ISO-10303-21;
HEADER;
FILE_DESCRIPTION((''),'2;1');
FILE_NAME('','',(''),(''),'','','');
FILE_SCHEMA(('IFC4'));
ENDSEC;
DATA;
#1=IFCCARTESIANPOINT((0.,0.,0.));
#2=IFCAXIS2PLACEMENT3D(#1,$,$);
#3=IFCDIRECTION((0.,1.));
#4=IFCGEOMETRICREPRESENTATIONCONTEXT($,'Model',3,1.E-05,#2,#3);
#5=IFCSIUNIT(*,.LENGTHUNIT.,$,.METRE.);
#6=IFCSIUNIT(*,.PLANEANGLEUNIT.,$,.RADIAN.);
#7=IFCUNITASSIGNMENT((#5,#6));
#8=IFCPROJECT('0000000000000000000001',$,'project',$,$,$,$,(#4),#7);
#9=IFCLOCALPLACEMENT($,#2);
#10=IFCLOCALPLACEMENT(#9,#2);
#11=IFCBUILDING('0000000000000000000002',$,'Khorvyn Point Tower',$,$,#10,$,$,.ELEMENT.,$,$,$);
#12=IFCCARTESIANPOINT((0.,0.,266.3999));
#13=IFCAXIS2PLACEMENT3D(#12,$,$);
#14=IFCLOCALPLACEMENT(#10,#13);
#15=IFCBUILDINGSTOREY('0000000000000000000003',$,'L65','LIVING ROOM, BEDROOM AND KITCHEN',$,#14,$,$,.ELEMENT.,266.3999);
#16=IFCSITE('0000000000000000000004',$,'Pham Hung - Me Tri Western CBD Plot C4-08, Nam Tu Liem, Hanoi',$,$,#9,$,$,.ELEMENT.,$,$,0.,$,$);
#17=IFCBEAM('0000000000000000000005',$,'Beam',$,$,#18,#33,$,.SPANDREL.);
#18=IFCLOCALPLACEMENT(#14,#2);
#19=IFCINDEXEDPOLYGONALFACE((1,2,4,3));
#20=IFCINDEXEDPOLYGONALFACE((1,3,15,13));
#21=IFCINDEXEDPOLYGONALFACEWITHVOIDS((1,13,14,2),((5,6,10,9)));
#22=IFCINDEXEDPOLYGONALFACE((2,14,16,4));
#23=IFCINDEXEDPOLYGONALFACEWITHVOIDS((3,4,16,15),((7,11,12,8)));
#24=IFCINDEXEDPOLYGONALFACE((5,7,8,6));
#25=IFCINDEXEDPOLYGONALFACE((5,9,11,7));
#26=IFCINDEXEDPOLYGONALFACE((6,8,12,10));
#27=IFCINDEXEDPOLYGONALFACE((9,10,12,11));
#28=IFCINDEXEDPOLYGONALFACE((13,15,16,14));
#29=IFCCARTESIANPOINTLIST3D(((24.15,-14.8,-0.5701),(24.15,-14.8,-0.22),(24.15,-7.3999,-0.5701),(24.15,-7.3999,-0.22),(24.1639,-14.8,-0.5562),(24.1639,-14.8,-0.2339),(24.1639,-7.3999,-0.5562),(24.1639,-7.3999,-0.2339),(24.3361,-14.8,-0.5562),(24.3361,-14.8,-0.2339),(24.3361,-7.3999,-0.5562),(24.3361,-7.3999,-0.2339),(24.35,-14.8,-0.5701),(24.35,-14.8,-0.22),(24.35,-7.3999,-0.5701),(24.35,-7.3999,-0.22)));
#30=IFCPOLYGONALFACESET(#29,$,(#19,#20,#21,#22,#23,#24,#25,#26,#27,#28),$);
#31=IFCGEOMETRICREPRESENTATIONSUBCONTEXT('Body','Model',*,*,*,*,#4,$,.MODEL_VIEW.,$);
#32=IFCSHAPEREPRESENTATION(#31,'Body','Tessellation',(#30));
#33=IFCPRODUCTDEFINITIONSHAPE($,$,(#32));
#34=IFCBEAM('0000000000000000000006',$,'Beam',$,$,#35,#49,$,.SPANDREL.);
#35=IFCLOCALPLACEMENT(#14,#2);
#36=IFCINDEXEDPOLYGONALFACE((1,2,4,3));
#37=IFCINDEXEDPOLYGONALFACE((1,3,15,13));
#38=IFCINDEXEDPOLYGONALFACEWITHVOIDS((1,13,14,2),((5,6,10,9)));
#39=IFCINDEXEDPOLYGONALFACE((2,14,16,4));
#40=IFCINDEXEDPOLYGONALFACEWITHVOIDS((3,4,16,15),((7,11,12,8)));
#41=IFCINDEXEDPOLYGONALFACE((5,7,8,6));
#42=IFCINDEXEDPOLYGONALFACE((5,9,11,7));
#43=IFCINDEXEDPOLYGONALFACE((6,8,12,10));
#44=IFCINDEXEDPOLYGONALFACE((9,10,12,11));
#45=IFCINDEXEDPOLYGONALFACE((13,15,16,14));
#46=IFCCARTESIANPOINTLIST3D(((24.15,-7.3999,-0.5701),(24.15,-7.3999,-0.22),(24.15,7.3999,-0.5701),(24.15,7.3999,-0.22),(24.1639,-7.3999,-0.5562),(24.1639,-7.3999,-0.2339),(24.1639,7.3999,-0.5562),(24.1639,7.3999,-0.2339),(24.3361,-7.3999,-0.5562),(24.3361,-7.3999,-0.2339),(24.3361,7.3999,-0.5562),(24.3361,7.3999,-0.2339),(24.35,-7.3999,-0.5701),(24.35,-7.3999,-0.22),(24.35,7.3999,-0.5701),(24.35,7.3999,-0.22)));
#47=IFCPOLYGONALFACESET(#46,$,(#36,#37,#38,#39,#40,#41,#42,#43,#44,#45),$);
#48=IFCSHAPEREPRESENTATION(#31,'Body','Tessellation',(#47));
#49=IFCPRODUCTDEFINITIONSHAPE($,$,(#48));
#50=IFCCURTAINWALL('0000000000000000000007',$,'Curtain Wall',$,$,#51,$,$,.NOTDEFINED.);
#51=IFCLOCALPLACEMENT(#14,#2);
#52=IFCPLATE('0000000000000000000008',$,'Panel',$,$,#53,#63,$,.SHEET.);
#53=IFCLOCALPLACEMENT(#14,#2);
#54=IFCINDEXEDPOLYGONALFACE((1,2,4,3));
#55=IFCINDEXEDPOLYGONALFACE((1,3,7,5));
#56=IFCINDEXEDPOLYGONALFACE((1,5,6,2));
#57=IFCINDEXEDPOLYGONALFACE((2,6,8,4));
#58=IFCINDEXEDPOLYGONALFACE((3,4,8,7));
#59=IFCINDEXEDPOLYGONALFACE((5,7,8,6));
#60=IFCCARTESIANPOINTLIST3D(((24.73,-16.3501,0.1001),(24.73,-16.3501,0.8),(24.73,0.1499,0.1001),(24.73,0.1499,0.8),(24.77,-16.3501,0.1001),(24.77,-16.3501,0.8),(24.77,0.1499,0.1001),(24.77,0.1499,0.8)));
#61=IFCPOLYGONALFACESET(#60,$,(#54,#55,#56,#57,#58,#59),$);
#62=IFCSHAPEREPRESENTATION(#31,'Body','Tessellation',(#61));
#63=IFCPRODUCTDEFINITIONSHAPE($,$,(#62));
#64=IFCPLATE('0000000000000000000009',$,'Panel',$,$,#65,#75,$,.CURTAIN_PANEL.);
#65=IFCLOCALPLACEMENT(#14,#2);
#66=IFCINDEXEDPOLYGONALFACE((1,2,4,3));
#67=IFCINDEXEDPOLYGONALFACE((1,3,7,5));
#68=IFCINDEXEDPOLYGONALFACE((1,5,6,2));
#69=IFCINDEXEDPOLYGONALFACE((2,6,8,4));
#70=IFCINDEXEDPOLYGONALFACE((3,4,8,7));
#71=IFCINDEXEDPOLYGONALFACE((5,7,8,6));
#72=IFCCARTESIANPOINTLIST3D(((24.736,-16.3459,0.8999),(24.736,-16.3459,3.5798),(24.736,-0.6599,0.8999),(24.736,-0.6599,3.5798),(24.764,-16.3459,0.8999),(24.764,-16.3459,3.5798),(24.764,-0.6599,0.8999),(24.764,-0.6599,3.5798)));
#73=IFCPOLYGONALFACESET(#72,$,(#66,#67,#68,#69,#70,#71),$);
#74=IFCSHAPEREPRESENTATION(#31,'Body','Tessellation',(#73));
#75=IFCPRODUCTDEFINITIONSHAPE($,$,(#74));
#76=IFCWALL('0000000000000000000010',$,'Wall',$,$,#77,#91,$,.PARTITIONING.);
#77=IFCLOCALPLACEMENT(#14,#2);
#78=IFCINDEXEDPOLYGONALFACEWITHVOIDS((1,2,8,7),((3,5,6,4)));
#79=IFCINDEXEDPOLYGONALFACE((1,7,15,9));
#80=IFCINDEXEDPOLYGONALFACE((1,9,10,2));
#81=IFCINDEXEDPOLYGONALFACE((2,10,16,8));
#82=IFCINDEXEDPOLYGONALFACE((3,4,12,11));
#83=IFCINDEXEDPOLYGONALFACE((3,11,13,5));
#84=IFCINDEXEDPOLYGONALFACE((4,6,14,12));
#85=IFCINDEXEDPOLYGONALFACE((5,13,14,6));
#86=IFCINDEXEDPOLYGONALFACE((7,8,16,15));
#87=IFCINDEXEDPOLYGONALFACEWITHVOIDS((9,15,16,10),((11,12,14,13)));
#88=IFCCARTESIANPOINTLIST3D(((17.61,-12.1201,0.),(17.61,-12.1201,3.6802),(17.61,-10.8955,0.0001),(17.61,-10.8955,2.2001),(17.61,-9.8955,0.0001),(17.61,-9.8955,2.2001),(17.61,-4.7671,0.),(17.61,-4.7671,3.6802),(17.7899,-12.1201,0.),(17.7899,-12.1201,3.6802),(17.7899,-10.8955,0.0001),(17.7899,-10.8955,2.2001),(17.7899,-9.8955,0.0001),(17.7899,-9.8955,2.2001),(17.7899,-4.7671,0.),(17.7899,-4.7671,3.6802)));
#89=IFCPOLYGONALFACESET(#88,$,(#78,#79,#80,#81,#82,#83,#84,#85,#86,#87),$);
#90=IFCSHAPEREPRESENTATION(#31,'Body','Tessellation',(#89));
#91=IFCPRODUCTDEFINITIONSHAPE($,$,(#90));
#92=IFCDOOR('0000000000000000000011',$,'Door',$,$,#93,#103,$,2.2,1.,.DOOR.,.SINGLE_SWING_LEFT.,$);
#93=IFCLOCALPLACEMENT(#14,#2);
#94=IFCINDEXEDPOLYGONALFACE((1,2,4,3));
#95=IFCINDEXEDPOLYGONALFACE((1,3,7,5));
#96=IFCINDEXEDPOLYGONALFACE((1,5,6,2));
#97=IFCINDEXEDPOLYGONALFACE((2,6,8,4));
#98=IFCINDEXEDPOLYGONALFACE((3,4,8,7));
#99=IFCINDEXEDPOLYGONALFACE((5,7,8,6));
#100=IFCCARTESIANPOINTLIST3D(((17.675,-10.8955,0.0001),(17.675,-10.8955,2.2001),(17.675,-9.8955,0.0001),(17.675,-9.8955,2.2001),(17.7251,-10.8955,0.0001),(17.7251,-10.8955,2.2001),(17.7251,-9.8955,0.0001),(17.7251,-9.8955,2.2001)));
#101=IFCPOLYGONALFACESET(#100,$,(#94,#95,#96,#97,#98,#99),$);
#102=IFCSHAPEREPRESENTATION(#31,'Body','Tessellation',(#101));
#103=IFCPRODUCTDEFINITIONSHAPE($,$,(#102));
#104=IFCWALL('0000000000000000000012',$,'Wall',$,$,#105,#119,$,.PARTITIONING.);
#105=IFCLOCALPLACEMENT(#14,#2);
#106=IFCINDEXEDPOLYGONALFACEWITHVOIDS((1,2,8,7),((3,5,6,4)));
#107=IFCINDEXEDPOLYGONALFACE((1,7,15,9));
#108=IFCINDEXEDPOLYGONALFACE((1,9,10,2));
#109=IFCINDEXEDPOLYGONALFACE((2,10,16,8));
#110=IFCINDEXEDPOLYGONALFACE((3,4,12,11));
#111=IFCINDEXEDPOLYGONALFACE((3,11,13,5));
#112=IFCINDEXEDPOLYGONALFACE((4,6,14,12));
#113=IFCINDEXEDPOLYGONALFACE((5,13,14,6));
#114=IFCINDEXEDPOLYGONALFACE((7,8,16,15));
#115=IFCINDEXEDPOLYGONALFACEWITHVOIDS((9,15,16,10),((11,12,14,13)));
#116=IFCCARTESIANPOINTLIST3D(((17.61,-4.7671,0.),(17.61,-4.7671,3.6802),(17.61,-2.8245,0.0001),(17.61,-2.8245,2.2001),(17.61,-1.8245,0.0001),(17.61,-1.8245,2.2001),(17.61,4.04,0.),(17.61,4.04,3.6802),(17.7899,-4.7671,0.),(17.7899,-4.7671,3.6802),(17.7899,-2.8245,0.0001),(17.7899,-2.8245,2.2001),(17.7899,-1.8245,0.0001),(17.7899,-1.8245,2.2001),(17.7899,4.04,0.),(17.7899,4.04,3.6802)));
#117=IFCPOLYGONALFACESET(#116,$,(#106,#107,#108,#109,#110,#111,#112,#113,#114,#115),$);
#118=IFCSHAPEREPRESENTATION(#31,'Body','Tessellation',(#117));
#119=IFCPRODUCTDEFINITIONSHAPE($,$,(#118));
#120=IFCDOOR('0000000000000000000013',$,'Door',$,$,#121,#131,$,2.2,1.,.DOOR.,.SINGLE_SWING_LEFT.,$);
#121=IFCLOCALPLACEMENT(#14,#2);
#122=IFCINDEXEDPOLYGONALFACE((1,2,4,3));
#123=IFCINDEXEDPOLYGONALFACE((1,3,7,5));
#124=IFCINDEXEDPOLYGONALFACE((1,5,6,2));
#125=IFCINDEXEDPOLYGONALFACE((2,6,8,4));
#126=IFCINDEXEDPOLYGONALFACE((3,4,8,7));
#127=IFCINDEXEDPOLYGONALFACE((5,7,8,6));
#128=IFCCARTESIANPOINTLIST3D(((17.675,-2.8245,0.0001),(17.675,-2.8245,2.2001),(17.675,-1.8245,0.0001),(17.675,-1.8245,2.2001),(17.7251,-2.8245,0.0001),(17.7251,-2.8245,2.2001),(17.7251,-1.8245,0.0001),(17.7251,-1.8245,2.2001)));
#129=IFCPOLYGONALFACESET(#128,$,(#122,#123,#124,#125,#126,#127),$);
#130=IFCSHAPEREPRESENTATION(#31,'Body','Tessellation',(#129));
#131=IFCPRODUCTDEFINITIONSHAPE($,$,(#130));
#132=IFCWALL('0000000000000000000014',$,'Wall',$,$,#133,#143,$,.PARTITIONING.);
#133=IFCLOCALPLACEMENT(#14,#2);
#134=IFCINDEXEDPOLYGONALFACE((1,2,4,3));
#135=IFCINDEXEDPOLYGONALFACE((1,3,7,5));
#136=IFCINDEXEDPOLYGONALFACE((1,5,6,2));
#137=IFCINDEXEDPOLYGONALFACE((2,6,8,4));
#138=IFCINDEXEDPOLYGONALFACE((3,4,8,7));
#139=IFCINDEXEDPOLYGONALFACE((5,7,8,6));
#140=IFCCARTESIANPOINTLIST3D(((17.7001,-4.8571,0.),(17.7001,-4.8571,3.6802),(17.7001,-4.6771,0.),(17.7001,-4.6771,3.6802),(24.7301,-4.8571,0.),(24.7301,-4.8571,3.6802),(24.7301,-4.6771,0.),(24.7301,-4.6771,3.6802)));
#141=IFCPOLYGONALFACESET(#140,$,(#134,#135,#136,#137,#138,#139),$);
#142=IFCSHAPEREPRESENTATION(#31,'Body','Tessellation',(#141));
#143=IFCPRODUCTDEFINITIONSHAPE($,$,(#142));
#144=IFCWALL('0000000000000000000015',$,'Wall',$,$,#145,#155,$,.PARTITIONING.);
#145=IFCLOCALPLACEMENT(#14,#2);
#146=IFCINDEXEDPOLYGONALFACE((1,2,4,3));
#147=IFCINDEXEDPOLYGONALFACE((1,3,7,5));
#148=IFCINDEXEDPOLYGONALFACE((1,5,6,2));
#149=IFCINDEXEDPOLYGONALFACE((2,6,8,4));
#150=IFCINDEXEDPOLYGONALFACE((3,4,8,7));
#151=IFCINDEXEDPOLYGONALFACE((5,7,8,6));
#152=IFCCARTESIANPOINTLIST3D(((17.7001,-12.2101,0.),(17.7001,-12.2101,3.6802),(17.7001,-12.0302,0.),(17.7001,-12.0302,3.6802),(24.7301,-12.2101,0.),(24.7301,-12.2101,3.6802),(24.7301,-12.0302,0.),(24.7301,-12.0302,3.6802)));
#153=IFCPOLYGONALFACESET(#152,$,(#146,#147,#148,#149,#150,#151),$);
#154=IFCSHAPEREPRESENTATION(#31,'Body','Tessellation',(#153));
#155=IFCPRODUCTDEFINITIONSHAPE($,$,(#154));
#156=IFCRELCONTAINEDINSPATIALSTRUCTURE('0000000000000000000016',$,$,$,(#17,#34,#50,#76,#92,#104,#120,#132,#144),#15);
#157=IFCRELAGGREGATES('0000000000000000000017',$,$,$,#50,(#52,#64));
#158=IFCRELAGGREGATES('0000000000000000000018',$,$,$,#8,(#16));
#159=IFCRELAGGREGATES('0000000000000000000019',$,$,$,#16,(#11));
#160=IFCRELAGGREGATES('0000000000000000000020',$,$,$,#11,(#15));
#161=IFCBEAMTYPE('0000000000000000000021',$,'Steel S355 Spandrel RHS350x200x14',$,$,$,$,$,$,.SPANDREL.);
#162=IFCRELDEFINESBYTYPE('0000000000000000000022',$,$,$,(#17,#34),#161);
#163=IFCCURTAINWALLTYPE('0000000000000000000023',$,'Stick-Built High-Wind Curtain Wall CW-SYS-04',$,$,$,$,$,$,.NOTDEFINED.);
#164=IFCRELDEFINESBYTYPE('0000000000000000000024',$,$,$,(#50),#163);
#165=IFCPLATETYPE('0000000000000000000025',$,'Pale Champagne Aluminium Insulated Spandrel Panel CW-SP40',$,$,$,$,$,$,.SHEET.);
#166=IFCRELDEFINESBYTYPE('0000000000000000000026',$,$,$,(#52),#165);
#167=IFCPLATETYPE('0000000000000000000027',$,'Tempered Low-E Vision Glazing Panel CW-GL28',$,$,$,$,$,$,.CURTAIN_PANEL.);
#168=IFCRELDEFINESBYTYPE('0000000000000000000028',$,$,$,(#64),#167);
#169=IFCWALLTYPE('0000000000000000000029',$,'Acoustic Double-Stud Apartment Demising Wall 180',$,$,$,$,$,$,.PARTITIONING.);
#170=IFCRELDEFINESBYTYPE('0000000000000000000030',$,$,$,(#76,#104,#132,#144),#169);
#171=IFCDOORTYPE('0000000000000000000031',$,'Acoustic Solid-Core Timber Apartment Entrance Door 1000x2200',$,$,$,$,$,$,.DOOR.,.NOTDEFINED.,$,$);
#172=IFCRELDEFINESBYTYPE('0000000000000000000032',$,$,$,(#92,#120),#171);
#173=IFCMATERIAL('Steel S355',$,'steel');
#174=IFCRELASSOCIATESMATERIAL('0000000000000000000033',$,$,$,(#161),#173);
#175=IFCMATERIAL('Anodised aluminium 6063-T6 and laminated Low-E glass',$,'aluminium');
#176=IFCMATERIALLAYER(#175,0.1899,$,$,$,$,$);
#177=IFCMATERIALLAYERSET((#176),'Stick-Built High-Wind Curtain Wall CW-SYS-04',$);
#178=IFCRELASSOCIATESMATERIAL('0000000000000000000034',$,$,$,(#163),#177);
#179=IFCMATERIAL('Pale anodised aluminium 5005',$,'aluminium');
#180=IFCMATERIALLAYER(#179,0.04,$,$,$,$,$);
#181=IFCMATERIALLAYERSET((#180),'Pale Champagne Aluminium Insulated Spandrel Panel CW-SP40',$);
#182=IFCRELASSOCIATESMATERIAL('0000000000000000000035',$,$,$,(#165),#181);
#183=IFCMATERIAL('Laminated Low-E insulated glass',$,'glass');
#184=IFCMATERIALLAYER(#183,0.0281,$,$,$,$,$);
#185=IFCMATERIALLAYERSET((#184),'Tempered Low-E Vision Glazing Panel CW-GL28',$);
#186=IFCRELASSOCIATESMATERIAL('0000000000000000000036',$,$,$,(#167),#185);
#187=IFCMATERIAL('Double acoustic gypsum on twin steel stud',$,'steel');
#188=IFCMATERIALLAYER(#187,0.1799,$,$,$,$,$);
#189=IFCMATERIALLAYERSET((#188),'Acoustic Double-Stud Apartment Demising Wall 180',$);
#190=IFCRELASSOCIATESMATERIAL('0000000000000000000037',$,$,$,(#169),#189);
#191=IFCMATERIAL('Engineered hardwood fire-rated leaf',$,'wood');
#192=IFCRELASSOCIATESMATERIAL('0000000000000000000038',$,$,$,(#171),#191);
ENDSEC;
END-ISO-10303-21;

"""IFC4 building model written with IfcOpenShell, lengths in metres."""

from ifc_helpers import new_model, si_unit, direction, frame, frame_2d, origin, origin_2d, place, context, subcontext, project, spatial, rectangle, hollow_rectangle, extrude, material, layer, layer_set, material_profile, profile_set, type_object, element, fill, aggregate, save


model = new_model("IFC4")

# Units and contexts
model_context = context("Model", 3, precision=1e-05, world=origin(), true_north=direction((0.0, 1.0)))
body_context = subcontext(model_context, "Body", "Model", "MODEL_VIEW")
ifc_project = project(units=[si_unit("LENGTHUNIT", "METRE"), si_unit("PLANEANGLEUNIT", "RADIAN")], contexts=[model_context])

# Site, building, storey
site_placement = place(None, origin())
site = spatial("IfcSite", under=ifc_project, at=site_placement, Name="Pham Hung - Me Tri Western CBD Plot C4-08, Nam Tu Liem, Hanoi", CompositionType="ELEMENT", RefElevation=0.0)
building_placement = place(site_placement, origin())
building = spatial("IfcBuilding", under=site, at=building_placement, Name="Khorvyn Point Tower", CompositionType="ELEMENT")
storey_placement = place(building_placement, frame((0.0, 0.0, 266.3999)))
storey = spatial("IfcBuildingStorey", under=building, at=storey_placement, Name="L65", Description="LIVING ROOM, BEDROOM AND KITCHEN", CompositionType="ELEMENT", Elevation=266.3999)

# Shared definitions
ifc_material_1 = material(Name="Steel S355", Category="steel")

# Beams
ifc_material_profile_1 = material_profile(ifc_material_1, hollow_rectangle(XDim=0.2, YDim=0.3501, WallThickness=0.0139, at=origin_2d()))
ifc_profile_set_1 = profile_set([ifc_material_profile_1], Name="Steel S355 RHS350x200x14")
beam_type_1 = type_object("IfcBeamType", Name="Steel S355 Spandrel RHS350x200x14", PredefinedType="SPANDREL", material=ifc_profile_set_1)
beam_1_placement = place(storey_placement, frame((24.25, -14.8, -0.395), z_axis=(0.0, 1.0, 0.0), x_axis=(-1.0, 0.0, 0.0)))
element("IfcBeam", 1, at=beam_1_placement, inside=storey, type_object=beam_type_1, Name="Beam", PredefinedType="SPANDREL", context=body_context, shape_type="SweptSolid", body=[
    extrude(hollow_rectangle(XDim=0.2, YDim=0.3501, WallThickness=0.0139, at=origin_2d()), origin(), (0.0, 0.0, 1.0), 7.4001),
])
beam_2_placement = place(storey_placement, frame((24.25, -7.3999, -0.395), z_axis=(0.0, 1.0, 0.0), x_axis=(-1.0, 0.0, 0.0)))
element("IfcBeam", 2, at=beam_2_placement, inside=storey, type_object=beam_type_1, Name="Beam", PredefinedType="SPANDREL", context=body_context, shape_type="SweptSolid", body=[
    extrude(hollow_rectangle(XDim=0.2, YDim=0.3501, WallThickness=0.0139, at=origin_2d()), origin(), (0.0, 0.0, 1.0), 14.7998),
])

# Curtain wall, plates
ifc_material_2 = material(Name="Anodised aluminium 6063-T6 and laminated Low-E glass", Category="aluminium")
ifc_layer_1 = layer(ifc_material_2, 0.1899)
ifc_layer_set_1 = layer_set([ifc_layer_1], Name="Stick-Built High-Wind Curtain Wall CW-SYS-04")
curtain_wall_type = type_object("IfcCurtainWallType", Name="Stick-Built High-Wind Curtain Wall CW-SYS-04", PredefinedType="NOTDEFINED", material=ifc_layer_set_1)
curtain_wall_placement = place(storey_placement, origin())
curtain_wall = element("IfcCurtainWall", 3, at=curtain_wall_placement, inside=storey, type_object=curtain_wall_type, Name="Curtain Wall", PredefinedType="NOTDEFINED")
ifc_material_3 = material(Name="Pale anodised aluminium 5005", Category="aluminium")
ifc_layer_2 = layer(ifc_material_3, 0.04)
ifc_layer_set_2 = layer_set([ifc_layer_2], Name="Pale Champagne Aluminium Insulated Spandrel Panel CW-SP40")
plate_type_1 = type_object("IfcPlateType", Name="Pale Champagne Aluminium Insulated Spandrel Panel CW-SP40", PredefinedType="SHEET", material=ifc_layer_set_2)
plate_1_placement = place(storey_placement, frame((24.75, -8.1001, 0.1001), z_axis=(0.0, 0.0, 1.0), x_axis=(0.0, -1.0, 0.0)))
plate_1 = element("IfcPlate", 4, at=plate_1_placement, type_object=plate_type_1, Name="Panel", PredefinedType="SHEET", context=body_context, shape_type="SweptSolid", body=[
    extrude(rectangle(XDim=16.5, YDim=0.04, at=origin_2d()), origin(), (0.0, 0.0, 1.0), 0.7),
])
ifc_material_4 = material(Name="Laminated Low-E insulated glass", Category="glass")
ifc_layer_3 = layer(ifc_material_4, 0.0281)
ifc_layer_set_3 = layer_set([ifc_layer_3], Name="Tempered Low-E Vision Glazing Panel CW-GL28")
plate_type_2 = type_object("IfcPlateType", Name="Tempered Low-E Vision Glazing Panel CW-GL28", PredefinedType="CURTAIN_PANEL", material=ifc_layer_set_3)
plate_2_placement = place(storey_placement, frame((24.75, -8.5029, 0.8999), z_axis=(0.0, 0.0, 1.0), x_axis=(0.0, -1.0, 0.0)))
plate_2 = element("IfcPlate", 5, at=plate_2_placement, type_object=plate_type_2, Name="Panel", PredefinedType="CURTAIN_PANEL", context=body_context, shape_type="SweptSolid", body=[
    extrude(rectangle(XDim=15.686, YDim=0.0281, at=origin_2d()), origin(), (0.0, 0.0, 1.0), 2.6799),
])
aggregate(curtain_wall, [plate_1, plate_2])

# Walls, openings, doors
ifc_material_5 = material(Name="Double acoustic gypsum on twin steel stud", Category="steel")
ifc_layer_4 = layer(ifc_material_5, 0.1799)
ifc_layer_set_4 = layer_set([ifc_layer_4], Name="Acoustic Double-Stud Apartment Demising Wall 180")
wall_type_1 = type_object("IfcWallType", Name="Acoustic Double-Stud Apartment Demising Wall 180", PredefinedType="PARTITIONING", material=ifc_layer_set_4)
wall_1_placement = place(storey_placement, frame((17.7, -12.1201, 0.0), z_axis=(0.0, 0.0, 1.0), x_axis=(0.0, 1.0, 0.0)))
wall_1 = element("IfcWall", 6, at=wall_1_placement, inside=storey, type_object=wall_type_1, Name="Wall", PredefinedType="PARTITIONING", context=body_context, shape_type="SweptSolid", body=[
    extrude(rectangle(XDim=7.353, YDim=0.1799, at=frame_2d((3.6765, 0.0))), origin(), (0.0, 0.0, 1.0), 3.6802),
])
opening_1_placement = place(wall_1_placement, frame((1.2246, 0.0, 0.0)))
opening_1 = element("IfcOpeningElement", 7, at=opening_1_placement, cuts=wall_1, PredefinedType="OPENING", context=body_context, shape_type="SweptSolid", body=[
    extrude(rectangle(XDim=1.0, YDim=2.2, at=frame_2d((0.5, 1.1001))), frame((0.0, 0.0999, 0.0), z_axis=(0.0, -1.0, 0.0), x_axis=(1.0, 0.0, 0.0)), (0.0, 0.0, 1.0), 0.2),
])
ifc_material_6 = material(Name="Engineered hardwood fire-rated leaf", Category="wood")
door_type_1 = type_object("IfcDoorType", Name="Acoustic Solid-Core Timber Apartment Entrance Door 1000x2200", OperationType="NOTDEFINED", PredefinedType="DOOR", material=ifc_material_6)
door_1_placement = place(opening_1_placement, origin())
door_1 = element("IfcDoor", 8, at=door_1_placement, inside=storey, type_object=door_type_1, Name="Door", OperationType="SINGLE_SWING_LEFT", OverallHeight=2.2, OverallWidth=1.0, PredefinedType="DOOR", context=body_context, shape_type="SweptSolid", body=[
    extrude(rectangle(XDim=1.0, YDim=2.2, at=frame_2d((0.5, 1.1001))), frame((0.0, 0.0249, 0.0), z_axis=(0.0, -1.0, 0.0), x_axis=(1.0, 0.0, 0.0)), (0.0, 0.0, 1.0), 0.05),
])
fill(opening_1, door_1)
wall_2_placement = place(storey_placement, frame((17.7, -4.7671, 0.0), z_axis=(0.0, 0.0, 1.0), x_axis=(0.0, 1.0, 0.0)))
wall_2 = element("IfcWall", 9, at=wall_2_placement, inside=storey, type_object=wall_type_1, Name="Wall", PredefinedType="PARTITIONING", context=body_context, shape_type="SweptSolid", body=[
    extrude(rectangle(XDim=8.8071, YDim=0.1799, at=frame_2d((4.4036, 0.0))), origin(), (0.0, 0.0, 1.0), 3.6802),
])
opening_2_placement = place(wall_2_placement, frame((1.9426, 0.0, 0.0)))
opening_2 = element("IfcOpeningElement", 10, at=opening_2_placement, cuts=wall_2, PredefinedType="OPENING", context=body_context, shape_type="SweptSolid", body=[
    extrude(rectangle(XDim=1.0, YDim=2.2, at=frame_2d((0.5, 1.1001))), frame((0.0, 0.0999, 0.0), z_axis=(0.0, -1.0, 0.0), x_axis=(1.0, 0.0, 0.0)), (0.0, 0.0, 1.0), 0.2),
])
door_2_placement = place(opening_2_placement, origin())
door_2 = element("IfcDoor", 11, at=door_2_placement, inside=storey, type_object=door_type_1, Name="Door", OperationType="SINGLE_SWING_LEFT", OverallHeight=2.2, OverallWidth=1.0, PredefinedType="DOOR", context=body_context, shape_type="SweptSolid", body=[
    extrude(rectangle(XDim=1.0, YDim=2.2, at=frame_2d((0.5, 1.1001))), frame((0.0, 0.0249, 0.0), z_axis=(0.0, -1.0, 0.0), x_axis=(1.0, 0.0, 0.0)), (0.0, 0.0, 1.0), 0.05),
])
fill(opening_2, door_2)

# Walls
for number, where, z_axis, x_axis, name in (
    (12, (17.7, -4.7671, 0.0), (0.0, 0.0, 1.0), (1.0, 0.0, 0.0), "Wall"),
    (13, (17.7, -12.1201, 0.0), (0.0, 0.0, 1.0), (1.0, 0.0, 0.0), "Wall"),
):
    element("IfcWall", number, at=place(storey_placement, frame(where, z_axis=z_axis, x_axis=x_axis)), inside=storey, type_object=wall_type_1, Name=name, PredefinedType="PARTITIONING", context=body_context, shape_type="SweptSolid", body=[
        extrude(rectangle(XDim=7.03, YDim=0.1799, at=frame_2d((3.5151, 0.0))), origin(), (0.0, 0.0, 1.0), 3.6802),
    ])

save(model, "model.ifc")
